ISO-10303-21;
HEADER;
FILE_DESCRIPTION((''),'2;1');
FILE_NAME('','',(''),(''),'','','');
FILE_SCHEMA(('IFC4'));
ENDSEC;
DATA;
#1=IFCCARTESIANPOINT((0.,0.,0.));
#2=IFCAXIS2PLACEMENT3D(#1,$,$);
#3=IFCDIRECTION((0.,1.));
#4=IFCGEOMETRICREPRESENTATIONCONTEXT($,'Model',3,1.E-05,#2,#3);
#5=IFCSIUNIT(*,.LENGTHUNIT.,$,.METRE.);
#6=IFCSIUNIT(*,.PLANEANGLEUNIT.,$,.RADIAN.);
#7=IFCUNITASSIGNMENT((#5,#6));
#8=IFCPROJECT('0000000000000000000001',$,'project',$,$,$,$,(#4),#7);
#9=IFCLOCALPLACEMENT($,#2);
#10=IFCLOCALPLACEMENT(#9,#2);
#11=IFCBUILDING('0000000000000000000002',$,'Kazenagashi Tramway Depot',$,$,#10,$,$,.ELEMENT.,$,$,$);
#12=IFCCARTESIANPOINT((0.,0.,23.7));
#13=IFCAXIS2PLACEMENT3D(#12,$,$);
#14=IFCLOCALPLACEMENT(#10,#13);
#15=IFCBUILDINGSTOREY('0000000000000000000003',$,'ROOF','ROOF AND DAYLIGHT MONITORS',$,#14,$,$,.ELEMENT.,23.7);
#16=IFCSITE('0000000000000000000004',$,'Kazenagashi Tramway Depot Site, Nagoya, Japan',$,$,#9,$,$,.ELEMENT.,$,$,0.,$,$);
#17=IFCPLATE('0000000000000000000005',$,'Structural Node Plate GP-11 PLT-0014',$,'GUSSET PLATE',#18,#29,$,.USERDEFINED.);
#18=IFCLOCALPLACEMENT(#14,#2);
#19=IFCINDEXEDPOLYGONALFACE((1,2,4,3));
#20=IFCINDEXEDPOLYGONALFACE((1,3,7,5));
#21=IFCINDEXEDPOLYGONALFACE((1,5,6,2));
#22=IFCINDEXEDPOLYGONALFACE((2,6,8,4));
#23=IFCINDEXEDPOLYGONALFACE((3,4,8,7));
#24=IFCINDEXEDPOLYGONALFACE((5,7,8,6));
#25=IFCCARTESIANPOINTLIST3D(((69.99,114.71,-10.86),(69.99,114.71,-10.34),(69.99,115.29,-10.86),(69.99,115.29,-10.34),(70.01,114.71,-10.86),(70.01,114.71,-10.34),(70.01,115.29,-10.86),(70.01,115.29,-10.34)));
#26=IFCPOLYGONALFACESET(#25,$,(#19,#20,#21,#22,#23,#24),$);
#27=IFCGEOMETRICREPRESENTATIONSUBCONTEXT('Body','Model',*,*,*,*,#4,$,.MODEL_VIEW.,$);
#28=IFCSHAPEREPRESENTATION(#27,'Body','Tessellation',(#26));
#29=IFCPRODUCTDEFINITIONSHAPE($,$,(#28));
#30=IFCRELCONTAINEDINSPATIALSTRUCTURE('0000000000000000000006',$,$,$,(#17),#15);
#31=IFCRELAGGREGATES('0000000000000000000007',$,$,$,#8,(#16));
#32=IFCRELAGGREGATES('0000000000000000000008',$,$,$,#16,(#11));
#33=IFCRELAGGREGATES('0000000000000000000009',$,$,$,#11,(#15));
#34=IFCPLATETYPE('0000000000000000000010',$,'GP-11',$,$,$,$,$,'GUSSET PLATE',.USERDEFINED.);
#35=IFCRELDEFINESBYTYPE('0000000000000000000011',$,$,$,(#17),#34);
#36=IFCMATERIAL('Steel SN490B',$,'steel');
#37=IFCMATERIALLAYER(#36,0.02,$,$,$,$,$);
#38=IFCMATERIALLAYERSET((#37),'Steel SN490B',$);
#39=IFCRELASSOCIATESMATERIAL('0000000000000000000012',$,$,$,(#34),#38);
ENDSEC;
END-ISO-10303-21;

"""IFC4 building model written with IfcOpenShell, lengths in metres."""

from ifc_helpers import new_model, si_unit, direction, frame, origin, origin_2d, place, context, subcontext, project, spatial, rectangle, extrude, material, layer, layer_set, type_object, element, save


model = new_model("IFC4")

# Units and contexts
model_context = context("Model", 3, precision=1e-05, world=origin(), true_north=direction((0.0, 1.0)))
body_context = subcontext(model_context, "Body", "Model", "MODEL_VIEW")
ifc_project = project(units=[si_unit("LENGTHUNIT", "METRE"), si_unit("PLANEANGLEUNIT", "RADIAN")], contexts=[model_context])

# Site, building, storey
site_placement = place(None, origin())
site = spatial("IfcSite", under=ifc_project, at=site_placement, Name="Kazenagashi Tramway Depot Site, Nagoya, Japan", CompositionType="ELEMENT", RefElevation=0.0)
building_placement = place(site_placement, origin())
building = spatial("IfcBuilding", under=site, at=building_placement, Name="Kazenagashi Tramway Depot", CompositionType="ELEMENT")
storey_placement = place(building_placement, frame((0.0, 0.0, 23.7)))
storey = spatial("IfcBuildingStorey", under=building, at=storey_placement, Name="ROOF", Description="ROOF AND DAYLIGHT MONITORS", CompositionType="ELEMENT", Elevation=23.7)

# Plate
ifc_material_1 = material(Name="Steel SN490B", Category="steel")
ifc_layer_1 = layer(ifc_material_1, 0.02)
ifc_layer_set_1 = layer_set([ifc_layer_1], Name="Steel SN490B")
plate_type_1 = type_object("IfcPlateType", Name="GP-11", ElementType="GUSSET PLATE", PredefinedType="USERDEFINED", material=ifc_layer_set_1)
plate_1_placement = place(storey_placement, frame((70.0, 115.0, -10.86), z_axis=(0.0, 0.0, 1.0), x_axis=(0.0, 1.0, 0.0)))
element("IfcPlate", 1, at=plate_1_placement, inside=storey, type_object=plate_type_1, Name="Structural Node Plate GP-11 PLT-0014", ObjectType="GUSSET PLATE", PredefinedType="USERDEFINED", context=body_context, shape_type="SweptSolid", body=[
    extrude(rectangle(XDim=0.58, YDim=0.02, at=origin_2d()), origin(), (0.0, 0.0, 1.0), 0.52),
])

save(model, "model.ifc")
